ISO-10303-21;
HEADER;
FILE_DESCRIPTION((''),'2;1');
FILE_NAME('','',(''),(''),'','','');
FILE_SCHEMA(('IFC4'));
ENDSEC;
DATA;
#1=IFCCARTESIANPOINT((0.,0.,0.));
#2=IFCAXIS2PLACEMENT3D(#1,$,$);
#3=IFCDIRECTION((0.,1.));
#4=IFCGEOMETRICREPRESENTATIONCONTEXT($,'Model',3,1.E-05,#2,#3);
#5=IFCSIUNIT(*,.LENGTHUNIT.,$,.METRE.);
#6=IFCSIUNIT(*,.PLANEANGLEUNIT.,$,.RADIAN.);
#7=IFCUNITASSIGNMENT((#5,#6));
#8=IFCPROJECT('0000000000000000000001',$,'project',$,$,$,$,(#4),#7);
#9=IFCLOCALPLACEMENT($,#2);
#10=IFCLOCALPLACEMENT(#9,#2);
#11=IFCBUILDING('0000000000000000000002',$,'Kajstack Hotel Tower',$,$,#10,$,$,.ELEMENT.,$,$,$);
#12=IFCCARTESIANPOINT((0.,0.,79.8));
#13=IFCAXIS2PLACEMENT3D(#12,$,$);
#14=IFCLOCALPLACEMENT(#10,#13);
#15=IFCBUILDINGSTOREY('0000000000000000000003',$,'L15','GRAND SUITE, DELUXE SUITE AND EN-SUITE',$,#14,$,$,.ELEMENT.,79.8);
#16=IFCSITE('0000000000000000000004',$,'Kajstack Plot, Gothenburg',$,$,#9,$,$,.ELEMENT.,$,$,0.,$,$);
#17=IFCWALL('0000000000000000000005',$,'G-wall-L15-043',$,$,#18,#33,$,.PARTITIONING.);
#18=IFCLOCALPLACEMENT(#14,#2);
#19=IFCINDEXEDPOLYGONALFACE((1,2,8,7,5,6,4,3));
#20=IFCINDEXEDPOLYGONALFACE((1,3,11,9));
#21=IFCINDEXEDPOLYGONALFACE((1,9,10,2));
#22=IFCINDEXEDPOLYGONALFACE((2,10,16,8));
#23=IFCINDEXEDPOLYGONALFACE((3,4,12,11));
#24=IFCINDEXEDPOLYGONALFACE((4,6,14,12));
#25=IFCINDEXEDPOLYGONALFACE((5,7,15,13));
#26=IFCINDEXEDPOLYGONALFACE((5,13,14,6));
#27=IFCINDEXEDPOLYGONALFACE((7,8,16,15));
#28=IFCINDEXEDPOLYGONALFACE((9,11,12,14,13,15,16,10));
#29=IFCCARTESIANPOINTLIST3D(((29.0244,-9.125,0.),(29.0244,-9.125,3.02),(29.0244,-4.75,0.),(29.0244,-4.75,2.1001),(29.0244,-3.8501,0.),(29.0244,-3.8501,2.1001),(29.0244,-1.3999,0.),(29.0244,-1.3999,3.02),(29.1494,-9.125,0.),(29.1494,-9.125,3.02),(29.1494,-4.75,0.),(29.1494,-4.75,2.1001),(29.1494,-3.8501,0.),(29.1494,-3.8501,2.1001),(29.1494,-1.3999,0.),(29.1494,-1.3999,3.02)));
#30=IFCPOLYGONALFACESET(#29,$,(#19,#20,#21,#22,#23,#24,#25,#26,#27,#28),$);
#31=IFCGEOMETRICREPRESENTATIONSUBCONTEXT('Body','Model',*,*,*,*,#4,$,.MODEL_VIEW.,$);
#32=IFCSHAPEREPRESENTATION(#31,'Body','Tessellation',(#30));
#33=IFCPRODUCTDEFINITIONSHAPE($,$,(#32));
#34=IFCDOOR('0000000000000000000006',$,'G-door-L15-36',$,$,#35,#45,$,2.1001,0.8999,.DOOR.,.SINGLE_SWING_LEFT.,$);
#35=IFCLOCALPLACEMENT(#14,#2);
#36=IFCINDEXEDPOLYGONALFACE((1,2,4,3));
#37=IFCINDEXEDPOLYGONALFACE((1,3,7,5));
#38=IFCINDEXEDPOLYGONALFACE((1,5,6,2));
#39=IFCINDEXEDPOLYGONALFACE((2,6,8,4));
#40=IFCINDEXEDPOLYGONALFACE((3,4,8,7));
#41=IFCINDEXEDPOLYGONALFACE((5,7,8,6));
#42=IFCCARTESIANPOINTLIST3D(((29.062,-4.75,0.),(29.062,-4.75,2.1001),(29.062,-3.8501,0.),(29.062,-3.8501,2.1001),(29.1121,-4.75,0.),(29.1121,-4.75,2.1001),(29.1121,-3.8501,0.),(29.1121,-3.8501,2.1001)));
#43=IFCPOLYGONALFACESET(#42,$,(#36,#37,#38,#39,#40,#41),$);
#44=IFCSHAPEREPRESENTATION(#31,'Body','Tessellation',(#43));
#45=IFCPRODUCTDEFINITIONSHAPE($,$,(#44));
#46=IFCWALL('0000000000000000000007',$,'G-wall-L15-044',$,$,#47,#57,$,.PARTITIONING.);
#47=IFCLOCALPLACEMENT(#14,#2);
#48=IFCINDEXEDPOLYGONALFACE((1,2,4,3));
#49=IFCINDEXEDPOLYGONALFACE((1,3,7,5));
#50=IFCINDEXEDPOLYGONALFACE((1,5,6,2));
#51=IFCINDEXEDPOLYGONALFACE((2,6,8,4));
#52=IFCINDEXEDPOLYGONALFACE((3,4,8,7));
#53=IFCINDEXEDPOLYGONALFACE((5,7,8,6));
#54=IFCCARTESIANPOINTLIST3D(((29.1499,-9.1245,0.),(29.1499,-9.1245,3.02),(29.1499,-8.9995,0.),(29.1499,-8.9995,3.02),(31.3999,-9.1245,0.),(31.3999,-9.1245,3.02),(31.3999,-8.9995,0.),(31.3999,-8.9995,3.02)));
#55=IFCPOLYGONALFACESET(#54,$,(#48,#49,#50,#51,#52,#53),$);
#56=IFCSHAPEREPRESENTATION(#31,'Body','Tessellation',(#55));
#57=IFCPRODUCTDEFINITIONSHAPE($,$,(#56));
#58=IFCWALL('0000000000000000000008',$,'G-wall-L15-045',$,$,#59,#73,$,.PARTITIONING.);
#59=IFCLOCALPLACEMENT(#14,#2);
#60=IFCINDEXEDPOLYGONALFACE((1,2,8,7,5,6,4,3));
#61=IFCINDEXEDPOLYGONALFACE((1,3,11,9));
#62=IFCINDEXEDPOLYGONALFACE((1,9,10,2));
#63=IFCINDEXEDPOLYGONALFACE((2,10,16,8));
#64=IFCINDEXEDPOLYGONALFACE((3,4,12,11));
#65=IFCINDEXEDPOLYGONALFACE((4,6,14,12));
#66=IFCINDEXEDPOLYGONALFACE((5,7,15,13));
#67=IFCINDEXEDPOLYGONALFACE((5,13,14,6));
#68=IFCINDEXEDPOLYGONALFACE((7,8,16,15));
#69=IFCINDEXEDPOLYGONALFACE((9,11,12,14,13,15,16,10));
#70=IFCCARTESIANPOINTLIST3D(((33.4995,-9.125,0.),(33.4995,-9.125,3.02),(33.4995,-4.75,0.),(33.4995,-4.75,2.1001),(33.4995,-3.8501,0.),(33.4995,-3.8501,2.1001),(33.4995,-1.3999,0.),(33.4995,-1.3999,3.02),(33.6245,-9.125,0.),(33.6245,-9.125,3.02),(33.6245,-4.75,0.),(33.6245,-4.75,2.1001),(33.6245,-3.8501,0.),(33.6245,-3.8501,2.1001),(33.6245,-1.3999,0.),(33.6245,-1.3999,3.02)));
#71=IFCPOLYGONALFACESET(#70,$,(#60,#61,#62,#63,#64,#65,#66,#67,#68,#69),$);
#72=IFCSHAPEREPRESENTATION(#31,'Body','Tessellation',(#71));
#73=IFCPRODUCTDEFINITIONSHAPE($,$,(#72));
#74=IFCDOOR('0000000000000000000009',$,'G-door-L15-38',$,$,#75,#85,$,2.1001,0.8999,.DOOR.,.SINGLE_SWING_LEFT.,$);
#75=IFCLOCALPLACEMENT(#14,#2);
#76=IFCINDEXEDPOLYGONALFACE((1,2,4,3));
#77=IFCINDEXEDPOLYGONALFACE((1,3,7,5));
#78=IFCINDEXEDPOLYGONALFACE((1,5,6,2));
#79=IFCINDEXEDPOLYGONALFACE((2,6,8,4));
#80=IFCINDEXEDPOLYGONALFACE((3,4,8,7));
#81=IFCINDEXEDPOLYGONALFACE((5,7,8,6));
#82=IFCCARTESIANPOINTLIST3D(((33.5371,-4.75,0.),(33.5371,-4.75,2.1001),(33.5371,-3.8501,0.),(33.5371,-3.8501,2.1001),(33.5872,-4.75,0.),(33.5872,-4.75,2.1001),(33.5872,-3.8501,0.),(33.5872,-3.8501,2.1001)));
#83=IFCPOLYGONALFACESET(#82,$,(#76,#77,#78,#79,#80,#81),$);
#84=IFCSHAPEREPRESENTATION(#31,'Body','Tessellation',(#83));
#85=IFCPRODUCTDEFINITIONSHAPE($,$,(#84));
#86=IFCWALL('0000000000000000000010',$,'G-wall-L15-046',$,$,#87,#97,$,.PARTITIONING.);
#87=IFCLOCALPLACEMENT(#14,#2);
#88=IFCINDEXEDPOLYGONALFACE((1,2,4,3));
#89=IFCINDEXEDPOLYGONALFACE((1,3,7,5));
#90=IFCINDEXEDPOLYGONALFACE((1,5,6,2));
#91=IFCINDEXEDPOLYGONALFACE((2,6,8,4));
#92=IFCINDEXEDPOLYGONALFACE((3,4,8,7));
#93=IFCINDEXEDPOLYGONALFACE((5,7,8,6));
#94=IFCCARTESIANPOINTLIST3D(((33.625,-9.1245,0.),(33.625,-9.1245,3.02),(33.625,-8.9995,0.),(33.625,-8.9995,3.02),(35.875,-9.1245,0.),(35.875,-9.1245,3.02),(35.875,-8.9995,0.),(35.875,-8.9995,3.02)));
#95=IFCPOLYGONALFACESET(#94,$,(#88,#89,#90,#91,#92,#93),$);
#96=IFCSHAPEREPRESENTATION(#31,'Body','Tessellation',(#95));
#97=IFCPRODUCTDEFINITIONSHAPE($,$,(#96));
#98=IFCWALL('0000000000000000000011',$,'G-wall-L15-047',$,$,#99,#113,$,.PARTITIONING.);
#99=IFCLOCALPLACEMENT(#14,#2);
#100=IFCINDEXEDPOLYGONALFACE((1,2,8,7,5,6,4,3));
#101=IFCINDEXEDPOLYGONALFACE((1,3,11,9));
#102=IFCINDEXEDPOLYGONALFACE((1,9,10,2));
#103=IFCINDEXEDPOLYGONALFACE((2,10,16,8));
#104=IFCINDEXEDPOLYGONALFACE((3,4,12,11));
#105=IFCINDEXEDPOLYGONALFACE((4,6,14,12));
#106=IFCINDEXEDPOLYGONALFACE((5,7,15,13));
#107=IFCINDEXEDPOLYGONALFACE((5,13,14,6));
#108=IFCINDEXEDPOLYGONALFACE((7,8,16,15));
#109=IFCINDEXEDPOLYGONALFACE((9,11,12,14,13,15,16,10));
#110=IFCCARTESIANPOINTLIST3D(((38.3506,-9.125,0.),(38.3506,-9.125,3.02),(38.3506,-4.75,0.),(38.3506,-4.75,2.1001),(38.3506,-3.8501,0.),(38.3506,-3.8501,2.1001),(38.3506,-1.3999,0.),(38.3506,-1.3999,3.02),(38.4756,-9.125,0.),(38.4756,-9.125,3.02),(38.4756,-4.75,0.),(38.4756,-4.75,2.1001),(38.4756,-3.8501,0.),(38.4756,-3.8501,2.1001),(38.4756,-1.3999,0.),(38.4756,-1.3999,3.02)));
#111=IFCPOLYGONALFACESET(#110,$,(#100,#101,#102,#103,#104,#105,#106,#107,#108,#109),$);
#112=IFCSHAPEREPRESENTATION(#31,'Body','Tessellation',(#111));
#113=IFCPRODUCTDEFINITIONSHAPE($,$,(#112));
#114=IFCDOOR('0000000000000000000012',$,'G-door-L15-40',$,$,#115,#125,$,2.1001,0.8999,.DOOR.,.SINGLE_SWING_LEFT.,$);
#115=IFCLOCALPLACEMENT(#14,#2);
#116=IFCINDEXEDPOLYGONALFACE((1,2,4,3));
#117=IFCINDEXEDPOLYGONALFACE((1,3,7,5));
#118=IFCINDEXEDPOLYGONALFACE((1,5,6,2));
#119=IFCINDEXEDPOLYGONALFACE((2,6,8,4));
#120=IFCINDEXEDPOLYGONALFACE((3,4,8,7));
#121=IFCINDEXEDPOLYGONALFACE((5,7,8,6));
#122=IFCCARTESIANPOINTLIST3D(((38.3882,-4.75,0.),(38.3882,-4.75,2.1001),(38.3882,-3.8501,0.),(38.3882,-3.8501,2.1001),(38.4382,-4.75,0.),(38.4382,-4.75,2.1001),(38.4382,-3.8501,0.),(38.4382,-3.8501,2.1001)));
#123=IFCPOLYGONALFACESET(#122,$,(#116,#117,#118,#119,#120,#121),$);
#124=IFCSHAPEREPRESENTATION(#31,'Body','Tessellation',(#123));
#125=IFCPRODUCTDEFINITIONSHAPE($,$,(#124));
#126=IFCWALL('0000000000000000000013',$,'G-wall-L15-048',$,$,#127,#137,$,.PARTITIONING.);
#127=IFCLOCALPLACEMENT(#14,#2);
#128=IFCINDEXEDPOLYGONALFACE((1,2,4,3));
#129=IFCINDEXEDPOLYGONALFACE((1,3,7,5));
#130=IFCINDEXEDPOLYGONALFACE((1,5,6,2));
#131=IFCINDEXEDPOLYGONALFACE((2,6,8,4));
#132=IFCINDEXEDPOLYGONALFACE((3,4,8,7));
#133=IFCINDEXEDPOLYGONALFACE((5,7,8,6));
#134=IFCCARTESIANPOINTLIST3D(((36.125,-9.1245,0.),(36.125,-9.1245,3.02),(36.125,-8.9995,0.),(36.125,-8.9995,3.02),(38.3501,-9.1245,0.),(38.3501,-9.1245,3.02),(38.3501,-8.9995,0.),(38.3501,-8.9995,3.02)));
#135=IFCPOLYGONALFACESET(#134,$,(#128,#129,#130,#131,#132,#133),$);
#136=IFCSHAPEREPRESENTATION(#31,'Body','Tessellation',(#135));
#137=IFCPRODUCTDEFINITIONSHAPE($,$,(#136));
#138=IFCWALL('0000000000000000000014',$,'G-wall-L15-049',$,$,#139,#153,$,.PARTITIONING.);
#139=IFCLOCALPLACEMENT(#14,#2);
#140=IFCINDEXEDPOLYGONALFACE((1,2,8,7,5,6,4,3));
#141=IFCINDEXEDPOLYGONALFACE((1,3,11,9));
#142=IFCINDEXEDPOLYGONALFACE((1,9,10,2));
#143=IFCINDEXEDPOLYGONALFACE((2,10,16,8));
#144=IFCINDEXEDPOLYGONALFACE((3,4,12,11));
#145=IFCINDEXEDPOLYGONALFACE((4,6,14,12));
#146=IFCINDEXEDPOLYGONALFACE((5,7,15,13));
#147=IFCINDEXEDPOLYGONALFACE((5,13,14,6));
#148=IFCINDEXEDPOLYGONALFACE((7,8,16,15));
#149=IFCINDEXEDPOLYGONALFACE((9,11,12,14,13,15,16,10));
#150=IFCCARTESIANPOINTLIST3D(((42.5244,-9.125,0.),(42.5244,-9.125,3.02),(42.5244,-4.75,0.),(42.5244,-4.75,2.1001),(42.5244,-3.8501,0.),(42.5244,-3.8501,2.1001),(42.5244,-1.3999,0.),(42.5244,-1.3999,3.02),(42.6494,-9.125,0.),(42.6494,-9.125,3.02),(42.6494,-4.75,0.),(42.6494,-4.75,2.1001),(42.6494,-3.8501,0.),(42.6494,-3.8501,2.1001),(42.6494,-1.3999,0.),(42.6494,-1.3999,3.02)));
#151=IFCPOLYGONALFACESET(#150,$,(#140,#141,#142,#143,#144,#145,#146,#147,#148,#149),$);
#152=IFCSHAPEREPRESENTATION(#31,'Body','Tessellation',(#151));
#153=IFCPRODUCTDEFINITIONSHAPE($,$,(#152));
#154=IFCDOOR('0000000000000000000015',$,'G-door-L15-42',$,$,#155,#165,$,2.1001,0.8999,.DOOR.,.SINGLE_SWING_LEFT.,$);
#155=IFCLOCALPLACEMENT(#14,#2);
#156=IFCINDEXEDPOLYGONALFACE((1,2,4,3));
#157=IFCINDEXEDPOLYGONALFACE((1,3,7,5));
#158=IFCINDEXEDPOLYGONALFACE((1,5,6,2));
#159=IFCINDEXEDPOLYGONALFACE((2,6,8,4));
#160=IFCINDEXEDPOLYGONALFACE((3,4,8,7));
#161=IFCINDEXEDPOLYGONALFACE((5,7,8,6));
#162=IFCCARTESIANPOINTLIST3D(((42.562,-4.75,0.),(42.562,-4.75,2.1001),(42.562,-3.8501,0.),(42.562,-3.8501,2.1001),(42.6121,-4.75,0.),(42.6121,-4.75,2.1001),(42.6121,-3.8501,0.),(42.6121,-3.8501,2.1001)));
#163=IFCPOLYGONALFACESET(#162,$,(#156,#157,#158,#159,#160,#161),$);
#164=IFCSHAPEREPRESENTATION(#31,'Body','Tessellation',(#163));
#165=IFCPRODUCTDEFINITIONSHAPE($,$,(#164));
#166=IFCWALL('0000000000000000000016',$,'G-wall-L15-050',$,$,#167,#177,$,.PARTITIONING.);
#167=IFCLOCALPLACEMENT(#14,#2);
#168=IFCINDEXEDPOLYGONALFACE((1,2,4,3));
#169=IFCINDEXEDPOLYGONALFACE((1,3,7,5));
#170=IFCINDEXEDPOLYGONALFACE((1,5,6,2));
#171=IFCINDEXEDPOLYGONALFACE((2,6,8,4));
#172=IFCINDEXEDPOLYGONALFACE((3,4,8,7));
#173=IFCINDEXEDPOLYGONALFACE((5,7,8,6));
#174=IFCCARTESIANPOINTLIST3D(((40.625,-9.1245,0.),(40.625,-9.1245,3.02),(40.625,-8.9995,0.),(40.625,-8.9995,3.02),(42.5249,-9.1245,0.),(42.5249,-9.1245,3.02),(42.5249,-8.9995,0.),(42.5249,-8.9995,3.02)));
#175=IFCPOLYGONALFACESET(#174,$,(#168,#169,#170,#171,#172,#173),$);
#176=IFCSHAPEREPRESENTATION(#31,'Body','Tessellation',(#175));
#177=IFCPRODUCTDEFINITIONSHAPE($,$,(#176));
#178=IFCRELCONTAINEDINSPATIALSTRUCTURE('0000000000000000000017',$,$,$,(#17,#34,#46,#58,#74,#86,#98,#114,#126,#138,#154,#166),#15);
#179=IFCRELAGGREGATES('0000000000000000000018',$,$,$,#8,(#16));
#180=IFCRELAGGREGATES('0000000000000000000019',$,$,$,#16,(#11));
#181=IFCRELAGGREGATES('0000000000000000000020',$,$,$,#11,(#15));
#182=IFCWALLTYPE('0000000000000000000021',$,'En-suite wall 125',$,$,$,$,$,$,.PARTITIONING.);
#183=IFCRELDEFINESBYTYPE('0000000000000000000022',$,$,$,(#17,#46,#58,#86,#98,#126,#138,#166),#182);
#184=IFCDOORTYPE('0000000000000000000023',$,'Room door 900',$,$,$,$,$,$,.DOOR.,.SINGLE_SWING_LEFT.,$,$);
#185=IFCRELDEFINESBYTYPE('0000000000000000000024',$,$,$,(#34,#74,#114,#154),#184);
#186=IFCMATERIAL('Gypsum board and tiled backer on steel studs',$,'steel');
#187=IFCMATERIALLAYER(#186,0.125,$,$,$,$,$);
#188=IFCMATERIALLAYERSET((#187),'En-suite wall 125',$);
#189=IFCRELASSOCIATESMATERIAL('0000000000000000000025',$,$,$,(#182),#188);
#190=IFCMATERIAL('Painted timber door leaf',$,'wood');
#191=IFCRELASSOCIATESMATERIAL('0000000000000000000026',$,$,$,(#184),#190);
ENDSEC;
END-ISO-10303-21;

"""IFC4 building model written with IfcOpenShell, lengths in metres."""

from ifc_helpers import new_model, si_unit, direction, frame, frame_2d, origin, place, context, subcontext, project, spatial, rectangle, extrude, material, layer, layer_set, type_object, element, fill, save


model = new_model("IFC4")

# Units and contexts
model_context = context("Model", 3, precision=1e-05, world=origin(), true_north=direction((0.0, 1.0)))
body_context = subcontext(model_context, "Body", "Model", "MODEL_VIEW")
ifc_project = project(units=[si_unit("LENGTHUNIT", "METRE"), si_unit("PLANEANGLEUNIT", "RADIAN")], contexts=[model_context])

# Site, building, storey
site_placement = place(None, origin())
site = spatial("IfcSite", under=ifc_project, at=site_placement, Name="Kajstack Plot, Gothenburg", CompositionType="ELEMENT", RefElevation=0.0)
building_placement = place(site_placement, origin())
building = spatial("IfcBuilding", under=site, at=building_placement, Name="Kajstack Hotel Tower", CompositionType="ELEMENT")
storey_placement = place(building_placement, frame((0.0, 0.0, 79.8)))
storey = spatial("IfcBuildingStorey", under=building, at=storey_placement, Name="L15", Description="GRAND SUITE, DELUXE SUITE AND EN-SUITE", CompositionType="ELEMENT", Elevation=79.8)

# Wall, opening, door
ifc_material_1 = material(Name="Gypsum board and tiled backer on steel studs", Category="steel")
ifc_layer_1 = layer(ifc_material_1, 0.125)
ifc_layer_set_1 = layer_set([ifc_layer_1], Name="En-suite wall 125")
wall_type_1 = type_object("IfcWallType", Name="En-suite wall 125", PredefinedType="PARTITIONING", material=ifc_layer_set_1)
wall_1_placement = place(storey_placement, frame((29.0869, -9.125, 0.0), z_axis=(0.0, 0.0, 1.0), x_axis=(0.0, 1.0, 0.0)))
wall_1 = element("IfcWall", 1, at=wall_1_placement, inside=storey, type_object=wall_type_1, Name="G-wall-L15-043", PredefinedType="PARTITIONING", context=body_context, shape_type="SweptSolid", body=[
    extrude(rectangle(XDim=7.7251, YDim=0.125, at=frame_2d((3.8625, 0.0))), origin(), (0.0, 0.0, 1.0), 3.02),
])
opening_1_placement = place(wall_1_placement, frame((4.375, 0.0, 0.0)))
opening_1 = element("IfcOpeningElement", 2, at=opening_1_placement, cuts=wall_1, PredefinedType="OPENING", context=body_context, shape_type="SweptSolid", body=[
    extrude(rectangle(XDim=0.8999, YDim=2.1001, at=frame_2d((0.45, 1.05))), frame((0.0, 0.0725, 0.0), z_axis=(0.0, -1.0, 0.0), x_axis=(1.0, 0.0, 0.0)), (0.0, 0.0, 1.0), 0.145),
])
ifc_material_2 = material(Name="Painted timber door leaf", Category="wood")
door_type_1 = type_object("IfcDoorType", Name="Room door 900", OperationType="SINGLE_SWING_LEFT", PredefinedType="DOOR", material=ifc_material_2)
door_1_placement = place(opening_1_placement, origin())
door_1 = element("IfcDoor", 3, at=door_1_placement, inside=storey, type_object=door_type_1, Name="G-door-L15-36", OperationType="SINGLE_SWING_LEFT", OverallHeight=2.1001, OverallWidth=0.8999, PredefinedType="DOOR", context=body_context, shape_type="SweptSolid", body=[
    extrude(rectangle(XDim=0.8999, YDim=2.1001, at=frame_2d((0.45, 1.05))), frame((0.0, 0.0249, 0.0), z_axis=(0.0, -1.0, 0.0), x_axis=(1.0, 0.0, 0.0)), (0.0, 0.0, 1.0), 0.05),
])
fill(opening_1, door_1)

# Wall
wall_2_placement = place(storey_placement, frame((29.1499, -9.062, 0.0), z_axis=(0.0, 0.0, 1.0), x_axis=(1.0, 0.0, 0.0)))
element("IfcWall", 4, at=wall_2_placement, inside=storey, type_object=wall_type_1, Name="G-wall-L15-044", PredefinedType="PARTITIONING", context=body_context, shape_type="SweptSolid", body=[
    extrude(rectangle(XDim=2.25, YDim=0.125, at=frame_2d((1.125, 0.0))), origin(), (0.0, 0.0, 1.0), 3.02),
])

# Wall, opening, door
wall_3_placement = place(storey_placement, frame((33.562, -9.125, 0.0), z_axis=(0.0, 0.0, 1.0), x_axis=(0.0, 1.0, 0.0)))
wall_3 = element("IfcWall", 5, at=wall_3_placement, inside=storey, type_object=wall_type_1, Name="G-wall-L15-045", PredefinedType="PARTITIONING", context=body_context, shape_type="SweptSolid", body=[
    extrude(rectangle(XDim=7.7251, YDim=0.125, at=frame_2d((3.8625, 0.0))), origin(), (0.0, 0.0, 1.0), 3.02),
])
opening_2_placement = place(wall_3_placement, frame((4.375, 0.0, 0.0)))
opening_2 = element("IfcOpeningElement", 6, at=opening_2_placement, cuts=wall_3, PredefinedType="OPENING", context=body_context, shape_type="SweptSolid", body=[
    extrude(rectangle(XDim=0.8999, YDim=2.1001, at=frame_2d((0.45, 1.05))), frame((0.0, 0.0725, 0.0), z_axis=(0.0, -1.0, 0.0), x_axis=(1.0, 0.0, 0.0)), (0.0, 0.0, 1.0), 0.145),
])
door_2_placement = place(opening_2_placement, origin())
door_2 = element("IfcDoor", 7, at=door_2_placement, inside=storey, type_object=door_type_1, Name="G-door-L15-38", OperationType="SINGLE_SWING_LEFT", OverallHeight=2.1001, OverallWidth=0.8999, PredefinedType="DOOR", context=body_context, shape_type="SweptSolid", body=[
    extrude(rectangle(XDim=0.8999, YDim=2.1001, at=frame_2d((0.45, 1.05))), frame((0.0, 0.0249, 0.0), z_axis=(0.0, -1.0, 0.0), x_axis=(1.0, 0.0, 0.0)), (0.0, 0.0, 1.0), 0.05),
])
fill(opening_2, door_2)

# Wall
wall_4_placement = place(storey_placement, frame((33.625, -9.062, 0.0), z_axis=(0.0, 0.0, 1.0), x_axis=(1.0, 0.0, 0.0)))
element("IfcWall", 8, at=wall_4_placement, inside=storey, type_object=wall_type_1, Name="G-wall-L15-046", PredefinedType="PARTITIONING", context=body_context, shape_type="SweptSolid", body=[
    extrude(rectangle(XDim=2.25, YDim=0.125, at=frame_2d((1.125, 0.0))), origin(), (0.0, 0.0, 1.0), 3.02),
])

# Wall, opening, door
wall_5_placement = place(storey_placement, frame((38.4131, -9.125, 0.0), z_axis=(0.0, 0.0, 1.0), x_axis=(0.0, 1.0, 0.0)))
wall_5 = element("IfcWall", 9, at=wall_5_placement, inside=storey, type_object=wall_type_1, Name="G-wall-L15-047", PredefinedType="PARTITIONING", context=body_context, shape_type="SweptSolid", body=[
    extrude(rectangle(XDim=7.7251, YDim=0.125, at=frame_2d((3.8625, 0.0))), origin(), (0.0, 0.0, 1.0), 3.02),
])
opening_3_placement = place(wall_5_placement, frame((4.375, 0.0, 0.0)))
opening_3 = element("IfcOpeningElement", 10, at=opening_3_placement, cuts=wall_5, PredefinedType="OPENING", context=body_context, shape_type="SweptSolid", body=[
    extrude(rectangle(XDim=0.8999, YDim=2.1001, at=frame_2d((0.45, 1.05))), frame((0.0, 0.0725, 0.0), z_axis=(0.0, -1.0, 0.0), x_axis=(1.0, 0.0, 0.0)), (0.0, 0.0, 1.0), 0.145),
])
door_3_placement = place(opening_3_placement, origin())
door_3 = element("IfcDoor", 11, at=door_3_placement, inside=storey, type_object=door_type_1, Name="G-door-L15-40", OperationType="SINGLE_SWING_LEFT", OverallHeight=2.1001, OverallWidth=0.8999, PredefinedType="DOOR", context=body_context, shape_type="SweptSolid", body=[
    extrude(rectangle(XDim=0.8999, YDim=2.1001, at=frame_2d((0.45, 1.05))), frame((0.0, 0.0249, 0.0), z_axis=(0.0, -1.0, 0.0), x_axis=(1.0, 0.0, 0.0)), (0.0, 0.0, 1.0), 0.05),
])
fill(opening_3, door_3)

# Wall
wall_6_placement = place(storey_placement, frame((36.125, -9.062, 0.0), z_axis=(0.0, 0.0, 1.0), x_axis=(1.0, 0.0, 0.0)))
element("IfcWall", 12, at=wall_6_placement, inside=storey, type_object=wall_type_1, Name="G-wall-L15-048", PredefinedType="PARTITIONING", context=body_context, shape_type="SweptSolid", body=[
    extrude(rectangle(XDim=2.2251, YDim=0.125, at=frame_2d((1.1125, 0.0))), origin(), (0.0, 0.0, 1.0), 3.02),
])

# Wall, opening, door
wall_7_placement = place(storey_placement, frame((42.5869, -9.125, 0.0), z_axis=(0.0, 0.0, 1.0), x_axis=(0.0, 1.0, 0.0)))
wall_7 = element("IfcWall", 13, at=wall_7_placement, inside=storey, type_object=wall_type_1, Name="G-wall-L15-049", PredefinedType="PARTITIONING", context=body_context, shape_type="SweptSolid", body=[
    extrude(rectangle(XDim=7.7251, YDim=0.125, at=frame_2d((3.8625, 0.0))), origin(), (0.0, 0.0, 1.0), 3.02),
])
opening_4_placement = place(wall_7_placement, frame((4.375, 0.0, 0.0)))
opening_4 = element("IfcOpeningElement", 14, at=opening_4_placement, cuts=wall_7, PredefinedType="OPENING", context=body_context, shape_type="SweptSolid", body=[
    extrude(rectangle(XDim=0.8999, YDim=2.1001, at=frame_2d((0.45, 1.05))), frame((0.0, 0.0725, 0.0), z_axis=(0.0, -1.0, 0.0), x_axis=(1.0, 0.0, 0.0)), (0.0, 0.0, 1.0), 0.145),
])
door_4_placement = place(opening_4_placement, origin())
door_4 = element("IfcDoor", 15, at=door_4_placement, inside=storey, type_object=door_type_1, Name="G-door-L15-42", OperationType="SINGLE_SWING_LEFT", OverallHeight=2.1001, OverallWidth=0.8999, PredefinedType="DOOR", context=body_context, shape_type="SweptSolid", body=[
    extrude(rectangle(XDim=0.8999, YDim=2.1001, at=frame_2d((0.45, 1.05))), frame((0.0, 0.0249, 0.0), z_axis=(0.0, -1.0, 0.0), x_axis=(1.0, 0.0, 0.0)), (0.0, 0.0, 1.0), 0.05),
])
fill(opening_4, door_4)

# Wall
wall_8_placement = place(storey_placement, frame((40.625, -9.062, 0.0), z_axis=(0.0, 0.0, 1.0), x_axis=(1.0, 0.0, 0.0)))
element("IfcWall", 16, at=wall_8_placement, inside=storey, type_object=wall_type_1, Name="G-wall-L15-050", PredefinedType="PARTITIONING", context=body_context, shape_type="SweptSolid", body=[
    extrude(rectangle(XDim=1.8999, YDim=0.125, at=frame_2d((0.95, 0.0))), origin(), (0.0, 0.0, 1.0), 3.02),
])

save(model, "model.ifc")
